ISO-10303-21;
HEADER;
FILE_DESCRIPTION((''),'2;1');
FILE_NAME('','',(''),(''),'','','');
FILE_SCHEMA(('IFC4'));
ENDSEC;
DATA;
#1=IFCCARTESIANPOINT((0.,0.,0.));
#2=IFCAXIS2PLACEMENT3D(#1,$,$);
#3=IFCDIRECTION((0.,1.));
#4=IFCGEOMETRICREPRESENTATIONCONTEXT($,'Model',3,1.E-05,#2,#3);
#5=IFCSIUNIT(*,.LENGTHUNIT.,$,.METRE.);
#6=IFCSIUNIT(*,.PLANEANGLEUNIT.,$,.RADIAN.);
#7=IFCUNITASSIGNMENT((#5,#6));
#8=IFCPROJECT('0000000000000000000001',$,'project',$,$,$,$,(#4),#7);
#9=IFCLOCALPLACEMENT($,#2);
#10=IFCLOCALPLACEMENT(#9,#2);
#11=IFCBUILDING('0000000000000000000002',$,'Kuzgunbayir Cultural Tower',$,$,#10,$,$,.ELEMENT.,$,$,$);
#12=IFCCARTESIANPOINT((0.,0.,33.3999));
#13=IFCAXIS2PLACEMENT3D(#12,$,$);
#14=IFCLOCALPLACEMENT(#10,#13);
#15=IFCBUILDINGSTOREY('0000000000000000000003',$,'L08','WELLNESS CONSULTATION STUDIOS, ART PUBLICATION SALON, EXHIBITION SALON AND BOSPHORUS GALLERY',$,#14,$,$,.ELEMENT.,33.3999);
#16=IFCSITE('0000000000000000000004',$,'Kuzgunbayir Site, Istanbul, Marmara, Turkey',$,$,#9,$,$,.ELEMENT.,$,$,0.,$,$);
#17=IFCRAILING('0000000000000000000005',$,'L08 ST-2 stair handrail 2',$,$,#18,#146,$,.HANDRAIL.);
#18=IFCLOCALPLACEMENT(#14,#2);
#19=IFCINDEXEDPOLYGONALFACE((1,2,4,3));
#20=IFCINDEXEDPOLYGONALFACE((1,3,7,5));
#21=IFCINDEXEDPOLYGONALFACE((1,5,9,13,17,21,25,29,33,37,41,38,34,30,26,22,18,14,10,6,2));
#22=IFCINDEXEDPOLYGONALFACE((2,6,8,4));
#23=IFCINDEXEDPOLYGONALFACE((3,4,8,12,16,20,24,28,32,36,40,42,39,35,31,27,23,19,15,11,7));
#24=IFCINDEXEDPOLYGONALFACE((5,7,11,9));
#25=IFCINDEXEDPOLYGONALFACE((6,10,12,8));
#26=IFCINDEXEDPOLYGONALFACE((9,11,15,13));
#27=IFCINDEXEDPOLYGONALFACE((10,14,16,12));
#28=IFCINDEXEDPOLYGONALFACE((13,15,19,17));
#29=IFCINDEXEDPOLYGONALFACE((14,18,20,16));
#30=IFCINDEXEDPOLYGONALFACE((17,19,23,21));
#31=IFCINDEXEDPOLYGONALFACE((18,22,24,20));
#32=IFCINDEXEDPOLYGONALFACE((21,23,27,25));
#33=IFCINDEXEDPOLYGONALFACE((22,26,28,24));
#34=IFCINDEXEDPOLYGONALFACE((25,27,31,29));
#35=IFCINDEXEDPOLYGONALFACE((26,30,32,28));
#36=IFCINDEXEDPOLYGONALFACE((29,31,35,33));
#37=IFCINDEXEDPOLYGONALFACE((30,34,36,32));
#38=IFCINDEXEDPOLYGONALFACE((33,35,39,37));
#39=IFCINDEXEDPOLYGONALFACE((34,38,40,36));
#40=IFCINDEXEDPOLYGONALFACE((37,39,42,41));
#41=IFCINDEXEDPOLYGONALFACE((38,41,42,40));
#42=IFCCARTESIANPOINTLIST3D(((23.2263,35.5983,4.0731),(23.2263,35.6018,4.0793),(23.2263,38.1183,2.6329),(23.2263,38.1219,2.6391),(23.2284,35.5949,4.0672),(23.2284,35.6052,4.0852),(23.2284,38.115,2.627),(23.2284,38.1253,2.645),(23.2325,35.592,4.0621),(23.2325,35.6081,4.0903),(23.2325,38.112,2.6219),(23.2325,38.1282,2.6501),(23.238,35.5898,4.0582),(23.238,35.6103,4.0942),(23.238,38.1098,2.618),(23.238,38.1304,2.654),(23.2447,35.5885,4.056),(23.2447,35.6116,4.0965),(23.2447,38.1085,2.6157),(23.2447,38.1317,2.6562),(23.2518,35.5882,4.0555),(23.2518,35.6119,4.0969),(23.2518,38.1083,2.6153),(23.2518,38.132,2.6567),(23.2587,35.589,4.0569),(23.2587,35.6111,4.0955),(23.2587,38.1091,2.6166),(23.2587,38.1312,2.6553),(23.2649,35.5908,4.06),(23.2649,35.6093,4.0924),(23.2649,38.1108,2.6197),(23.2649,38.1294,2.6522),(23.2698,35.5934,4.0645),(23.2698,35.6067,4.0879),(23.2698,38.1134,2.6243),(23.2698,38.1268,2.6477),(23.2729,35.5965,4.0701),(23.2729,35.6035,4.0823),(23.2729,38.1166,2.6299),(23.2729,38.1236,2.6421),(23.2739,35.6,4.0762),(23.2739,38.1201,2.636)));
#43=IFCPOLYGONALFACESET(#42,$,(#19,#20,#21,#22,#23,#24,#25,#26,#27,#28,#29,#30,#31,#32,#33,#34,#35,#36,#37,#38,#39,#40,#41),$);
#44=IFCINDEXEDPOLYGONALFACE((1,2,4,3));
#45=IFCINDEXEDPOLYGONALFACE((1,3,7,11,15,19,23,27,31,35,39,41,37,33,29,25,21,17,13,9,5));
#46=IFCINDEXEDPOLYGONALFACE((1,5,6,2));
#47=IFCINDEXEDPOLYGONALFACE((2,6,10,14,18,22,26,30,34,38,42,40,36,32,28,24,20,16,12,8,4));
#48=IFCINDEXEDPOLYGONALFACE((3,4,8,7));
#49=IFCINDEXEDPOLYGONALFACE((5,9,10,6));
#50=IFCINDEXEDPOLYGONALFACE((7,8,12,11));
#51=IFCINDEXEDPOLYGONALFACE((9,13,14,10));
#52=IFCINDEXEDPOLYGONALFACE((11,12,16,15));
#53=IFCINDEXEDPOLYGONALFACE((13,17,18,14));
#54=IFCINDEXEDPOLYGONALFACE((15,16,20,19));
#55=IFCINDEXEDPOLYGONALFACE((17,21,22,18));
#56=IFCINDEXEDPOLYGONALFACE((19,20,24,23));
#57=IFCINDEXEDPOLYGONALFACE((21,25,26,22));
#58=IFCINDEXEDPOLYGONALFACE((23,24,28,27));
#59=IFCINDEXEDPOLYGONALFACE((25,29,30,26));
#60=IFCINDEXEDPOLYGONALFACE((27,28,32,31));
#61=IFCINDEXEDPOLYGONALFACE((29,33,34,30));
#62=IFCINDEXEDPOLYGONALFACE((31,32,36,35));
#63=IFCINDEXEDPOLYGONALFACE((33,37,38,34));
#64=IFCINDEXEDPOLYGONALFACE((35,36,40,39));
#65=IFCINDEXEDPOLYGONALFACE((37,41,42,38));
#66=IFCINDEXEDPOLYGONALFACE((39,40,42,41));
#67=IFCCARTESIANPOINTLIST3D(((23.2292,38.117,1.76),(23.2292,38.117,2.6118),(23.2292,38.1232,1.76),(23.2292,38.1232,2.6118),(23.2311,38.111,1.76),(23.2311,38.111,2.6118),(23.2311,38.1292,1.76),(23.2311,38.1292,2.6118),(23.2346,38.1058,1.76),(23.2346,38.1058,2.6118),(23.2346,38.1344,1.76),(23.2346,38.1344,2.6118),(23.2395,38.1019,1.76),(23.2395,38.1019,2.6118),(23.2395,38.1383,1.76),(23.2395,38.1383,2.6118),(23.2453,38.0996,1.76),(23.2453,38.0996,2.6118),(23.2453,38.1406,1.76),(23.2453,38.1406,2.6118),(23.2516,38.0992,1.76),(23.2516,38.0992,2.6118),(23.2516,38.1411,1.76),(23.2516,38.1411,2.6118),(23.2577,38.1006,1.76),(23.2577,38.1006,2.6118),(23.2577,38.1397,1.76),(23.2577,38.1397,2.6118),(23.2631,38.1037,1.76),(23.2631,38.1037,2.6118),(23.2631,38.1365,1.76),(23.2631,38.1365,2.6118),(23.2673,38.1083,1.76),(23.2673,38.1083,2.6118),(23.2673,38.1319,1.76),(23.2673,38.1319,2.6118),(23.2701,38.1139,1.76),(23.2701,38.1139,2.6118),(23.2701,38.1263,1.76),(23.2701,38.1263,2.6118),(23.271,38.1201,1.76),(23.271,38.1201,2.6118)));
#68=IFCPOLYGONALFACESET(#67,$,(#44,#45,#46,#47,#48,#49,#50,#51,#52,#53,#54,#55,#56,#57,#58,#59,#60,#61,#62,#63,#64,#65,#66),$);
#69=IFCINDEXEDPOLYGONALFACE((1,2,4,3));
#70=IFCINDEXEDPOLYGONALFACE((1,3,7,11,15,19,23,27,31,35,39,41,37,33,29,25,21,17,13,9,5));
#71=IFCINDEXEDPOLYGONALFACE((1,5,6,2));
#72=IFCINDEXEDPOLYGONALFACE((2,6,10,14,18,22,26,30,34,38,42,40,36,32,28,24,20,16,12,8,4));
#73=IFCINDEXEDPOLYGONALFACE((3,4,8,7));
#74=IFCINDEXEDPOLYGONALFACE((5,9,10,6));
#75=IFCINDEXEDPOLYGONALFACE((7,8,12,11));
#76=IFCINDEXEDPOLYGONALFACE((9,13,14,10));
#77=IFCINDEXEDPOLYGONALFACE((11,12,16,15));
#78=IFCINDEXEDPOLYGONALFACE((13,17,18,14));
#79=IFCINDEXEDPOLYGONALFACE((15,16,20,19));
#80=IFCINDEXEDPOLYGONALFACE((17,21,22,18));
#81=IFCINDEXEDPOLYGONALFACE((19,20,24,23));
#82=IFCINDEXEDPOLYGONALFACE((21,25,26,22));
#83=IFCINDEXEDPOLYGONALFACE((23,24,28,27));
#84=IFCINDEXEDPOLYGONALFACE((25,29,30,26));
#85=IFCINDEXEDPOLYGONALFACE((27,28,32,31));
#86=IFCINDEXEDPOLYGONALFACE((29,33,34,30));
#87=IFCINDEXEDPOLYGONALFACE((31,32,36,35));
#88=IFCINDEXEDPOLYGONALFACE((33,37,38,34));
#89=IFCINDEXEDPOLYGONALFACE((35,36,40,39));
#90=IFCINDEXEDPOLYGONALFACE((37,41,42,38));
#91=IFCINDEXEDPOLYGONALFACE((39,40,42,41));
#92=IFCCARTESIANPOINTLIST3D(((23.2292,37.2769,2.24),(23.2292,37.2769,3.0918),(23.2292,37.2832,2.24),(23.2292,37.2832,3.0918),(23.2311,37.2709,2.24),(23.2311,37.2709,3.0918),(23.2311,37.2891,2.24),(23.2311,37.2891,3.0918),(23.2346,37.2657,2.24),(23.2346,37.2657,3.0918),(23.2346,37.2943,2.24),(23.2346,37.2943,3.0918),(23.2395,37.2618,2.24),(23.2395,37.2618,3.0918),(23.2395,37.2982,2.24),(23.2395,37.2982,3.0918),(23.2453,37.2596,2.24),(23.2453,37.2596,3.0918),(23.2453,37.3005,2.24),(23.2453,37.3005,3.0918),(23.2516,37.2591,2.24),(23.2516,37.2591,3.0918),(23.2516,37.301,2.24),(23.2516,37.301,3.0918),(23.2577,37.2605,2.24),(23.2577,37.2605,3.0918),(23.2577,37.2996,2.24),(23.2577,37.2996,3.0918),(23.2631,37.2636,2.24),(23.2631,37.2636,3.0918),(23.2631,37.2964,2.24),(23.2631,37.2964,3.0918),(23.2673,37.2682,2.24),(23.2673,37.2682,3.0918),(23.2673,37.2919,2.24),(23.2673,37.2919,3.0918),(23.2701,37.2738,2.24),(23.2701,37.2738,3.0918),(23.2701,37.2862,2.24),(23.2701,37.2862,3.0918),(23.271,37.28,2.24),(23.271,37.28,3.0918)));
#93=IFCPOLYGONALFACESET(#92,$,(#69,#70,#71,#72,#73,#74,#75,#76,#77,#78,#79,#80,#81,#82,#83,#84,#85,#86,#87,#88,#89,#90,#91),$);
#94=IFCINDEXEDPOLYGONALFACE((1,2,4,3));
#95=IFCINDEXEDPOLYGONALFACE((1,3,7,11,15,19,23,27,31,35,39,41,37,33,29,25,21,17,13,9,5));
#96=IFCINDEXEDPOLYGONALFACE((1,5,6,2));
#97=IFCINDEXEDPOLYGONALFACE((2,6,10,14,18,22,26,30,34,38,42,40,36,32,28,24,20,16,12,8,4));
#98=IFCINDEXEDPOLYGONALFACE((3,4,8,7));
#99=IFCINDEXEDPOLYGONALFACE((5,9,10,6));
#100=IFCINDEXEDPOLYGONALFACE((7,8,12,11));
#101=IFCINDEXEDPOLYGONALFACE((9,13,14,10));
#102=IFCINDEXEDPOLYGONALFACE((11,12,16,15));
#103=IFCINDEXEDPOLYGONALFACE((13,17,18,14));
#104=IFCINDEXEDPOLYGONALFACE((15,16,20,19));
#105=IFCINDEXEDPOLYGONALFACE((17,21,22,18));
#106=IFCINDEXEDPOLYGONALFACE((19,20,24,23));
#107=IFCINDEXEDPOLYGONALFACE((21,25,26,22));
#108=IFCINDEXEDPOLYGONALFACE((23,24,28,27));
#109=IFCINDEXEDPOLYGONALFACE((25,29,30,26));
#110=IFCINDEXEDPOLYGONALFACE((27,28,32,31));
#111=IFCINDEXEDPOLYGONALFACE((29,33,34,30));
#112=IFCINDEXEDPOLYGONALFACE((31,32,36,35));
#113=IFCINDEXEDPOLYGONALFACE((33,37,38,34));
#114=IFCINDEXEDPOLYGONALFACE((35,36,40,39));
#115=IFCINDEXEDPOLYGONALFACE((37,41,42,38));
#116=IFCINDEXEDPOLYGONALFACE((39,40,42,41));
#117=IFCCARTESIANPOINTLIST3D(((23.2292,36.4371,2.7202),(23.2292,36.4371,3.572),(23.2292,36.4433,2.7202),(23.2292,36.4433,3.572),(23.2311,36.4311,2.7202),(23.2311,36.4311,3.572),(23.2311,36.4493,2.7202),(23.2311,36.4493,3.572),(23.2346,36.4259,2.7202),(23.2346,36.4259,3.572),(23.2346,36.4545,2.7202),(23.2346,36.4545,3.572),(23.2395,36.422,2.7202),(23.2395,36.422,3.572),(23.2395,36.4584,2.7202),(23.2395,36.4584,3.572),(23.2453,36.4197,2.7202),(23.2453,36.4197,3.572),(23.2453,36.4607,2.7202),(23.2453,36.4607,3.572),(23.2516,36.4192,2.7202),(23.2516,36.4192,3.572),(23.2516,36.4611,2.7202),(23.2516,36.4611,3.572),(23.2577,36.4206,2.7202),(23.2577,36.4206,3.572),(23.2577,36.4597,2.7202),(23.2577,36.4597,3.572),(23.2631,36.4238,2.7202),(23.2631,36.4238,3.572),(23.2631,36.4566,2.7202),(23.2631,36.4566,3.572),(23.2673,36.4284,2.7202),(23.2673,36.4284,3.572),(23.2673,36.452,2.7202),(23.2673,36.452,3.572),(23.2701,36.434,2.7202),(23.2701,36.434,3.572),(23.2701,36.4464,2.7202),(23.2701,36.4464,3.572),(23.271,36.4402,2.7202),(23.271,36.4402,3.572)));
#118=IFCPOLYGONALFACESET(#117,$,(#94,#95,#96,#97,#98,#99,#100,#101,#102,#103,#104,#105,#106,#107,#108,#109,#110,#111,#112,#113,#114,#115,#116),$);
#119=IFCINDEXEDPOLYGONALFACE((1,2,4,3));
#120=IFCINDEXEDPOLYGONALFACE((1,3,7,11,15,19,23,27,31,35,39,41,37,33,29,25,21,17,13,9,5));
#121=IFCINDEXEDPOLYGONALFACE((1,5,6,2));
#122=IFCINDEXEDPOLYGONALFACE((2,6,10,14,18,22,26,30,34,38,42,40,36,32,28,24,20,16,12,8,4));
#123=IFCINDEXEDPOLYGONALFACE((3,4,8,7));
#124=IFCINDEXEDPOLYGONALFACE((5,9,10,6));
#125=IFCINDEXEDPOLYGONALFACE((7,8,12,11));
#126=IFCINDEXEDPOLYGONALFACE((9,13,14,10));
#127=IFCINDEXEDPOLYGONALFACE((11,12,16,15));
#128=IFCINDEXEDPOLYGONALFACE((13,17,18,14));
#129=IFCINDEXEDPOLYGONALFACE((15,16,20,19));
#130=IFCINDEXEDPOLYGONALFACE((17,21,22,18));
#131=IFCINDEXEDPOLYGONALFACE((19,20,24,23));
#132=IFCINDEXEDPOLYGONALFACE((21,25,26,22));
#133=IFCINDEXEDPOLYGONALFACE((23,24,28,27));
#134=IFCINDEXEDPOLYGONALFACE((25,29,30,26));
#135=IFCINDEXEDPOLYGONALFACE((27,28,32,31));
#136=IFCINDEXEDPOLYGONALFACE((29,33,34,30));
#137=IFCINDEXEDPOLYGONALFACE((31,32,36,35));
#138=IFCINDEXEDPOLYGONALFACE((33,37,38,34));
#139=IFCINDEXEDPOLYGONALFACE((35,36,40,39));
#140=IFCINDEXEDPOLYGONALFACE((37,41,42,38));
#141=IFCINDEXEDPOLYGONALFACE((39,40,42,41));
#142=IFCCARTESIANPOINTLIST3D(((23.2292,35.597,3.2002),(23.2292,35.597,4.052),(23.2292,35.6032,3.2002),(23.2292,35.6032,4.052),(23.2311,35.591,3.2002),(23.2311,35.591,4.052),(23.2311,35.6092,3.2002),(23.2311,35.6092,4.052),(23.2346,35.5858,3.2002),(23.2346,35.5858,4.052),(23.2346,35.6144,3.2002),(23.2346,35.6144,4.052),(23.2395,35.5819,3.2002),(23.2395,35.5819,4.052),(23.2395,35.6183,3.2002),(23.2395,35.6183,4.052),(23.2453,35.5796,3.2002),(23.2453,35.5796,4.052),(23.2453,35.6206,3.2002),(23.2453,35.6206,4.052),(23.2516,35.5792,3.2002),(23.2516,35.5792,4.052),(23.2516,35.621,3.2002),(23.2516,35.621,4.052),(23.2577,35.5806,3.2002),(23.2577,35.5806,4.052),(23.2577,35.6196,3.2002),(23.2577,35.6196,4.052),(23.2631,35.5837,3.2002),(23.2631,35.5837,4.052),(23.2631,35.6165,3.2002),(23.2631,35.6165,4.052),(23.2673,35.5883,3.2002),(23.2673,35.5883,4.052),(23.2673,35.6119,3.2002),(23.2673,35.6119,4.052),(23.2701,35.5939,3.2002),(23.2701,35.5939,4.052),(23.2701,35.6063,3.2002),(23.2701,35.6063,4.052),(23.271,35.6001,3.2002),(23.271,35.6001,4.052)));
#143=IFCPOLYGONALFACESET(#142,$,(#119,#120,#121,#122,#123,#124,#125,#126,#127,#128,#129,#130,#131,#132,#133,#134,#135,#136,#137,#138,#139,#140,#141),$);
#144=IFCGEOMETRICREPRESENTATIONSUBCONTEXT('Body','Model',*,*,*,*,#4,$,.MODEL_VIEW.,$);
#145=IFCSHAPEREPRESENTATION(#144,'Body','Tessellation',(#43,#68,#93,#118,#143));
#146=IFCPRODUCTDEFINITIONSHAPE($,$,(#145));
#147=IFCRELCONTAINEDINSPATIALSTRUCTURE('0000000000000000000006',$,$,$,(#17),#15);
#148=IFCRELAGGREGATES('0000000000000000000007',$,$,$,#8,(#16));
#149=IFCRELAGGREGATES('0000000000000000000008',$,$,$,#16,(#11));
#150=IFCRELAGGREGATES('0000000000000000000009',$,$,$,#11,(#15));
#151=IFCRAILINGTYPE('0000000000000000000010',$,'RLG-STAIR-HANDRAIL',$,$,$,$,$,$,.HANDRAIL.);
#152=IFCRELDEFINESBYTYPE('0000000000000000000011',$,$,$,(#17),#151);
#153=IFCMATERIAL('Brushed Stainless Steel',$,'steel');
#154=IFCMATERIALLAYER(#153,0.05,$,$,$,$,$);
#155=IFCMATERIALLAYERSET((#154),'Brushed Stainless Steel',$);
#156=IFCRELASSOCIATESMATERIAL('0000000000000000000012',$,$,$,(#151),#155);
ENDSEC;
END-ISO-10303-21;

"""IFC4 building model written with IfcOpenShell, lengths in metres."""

from ifc_helpers import new_model, si_unit, direction, frame, origin, origin_2d, place, context, subcontext, project, spatial, circle, extrude, material, layer, layer_set, type_object, element, save


model = new_model("IFC4")

# Units and contexts
model_context = context("Model", 3, precision=1e-05, world=origin(), true_north=direction((0.0, 1.0)))
body_context = subcontext(model_context, "Body", "Model", "MODEL_VIEW")
ifc_project = project(units=[si_unit("LENGTHUNIT", "METRE"), si_unit("PLANEANGLEUNIT", "RADIAN")], contexts=[model_context])

# Site, building, storey
site_placement = place(None, origin())
site = spatial("IfcSite", under=ifc_project, at=site_placement, Name="Kuzgunbayir Site, Istanbul, Marmara, Turkey", CompositionType="ELEMENT", RefElevation=0.0)
building_placement = place(site_placement, origin())
building = spatial("IfcBuilding", under=site, at=building_placement, Name="Kuzgunbayir Cultural Tower", CompositionType="ELEMENT")
storey_placement = place(building_placement, frame((0.0, 0.0, 33.3999)))
storey = spatial("IfcBuildingStorey", under=building, at=storey_placement, Name="L08", Description="WELLNESS CONSULTATION STUDIOS, ART PUBLICATION SALON, EXHIBITION SALON AND BOSPHORUS GALLERY", CompositionType="ELEMENT", Elevation=33.3999)

# Shared definitions
ifc_material_1 = material(Name="Brushed Stainless Steel", Category="steel")

# Railing
ifc_layer_1 = layer(ifc_material_1, 0.05)
ifc_layer_set_1 = layer_set([ifc_layer_1], Name="Brushed Stainless Steel")
railing_type_1 = type_object("IfcRailingType", Name="RLG-STAIR-HANDRAIL", PredefinedType="HANDRAIL", material=ifc_layer_set_1)
railing_1_placement = place(storey_placement, frame((23.25, 38.1201, 1.76)))
element("IfcRailing", 1, at=railing_1_placement, inside=storey, type_object=railing_type_1, Name="L08 ST-2 stair handrail 2", PredefinedType="HANDRAIL", context=body_context, shape_type="SweptSolid", body=[
    extrude(circle(Radius=0.0239, at=origin_2d()), frame((0.0, 0.0, 0.876), z_axis=(0.0, -0.868217, 0.496184), x_axis=(1.0, 0.0, 0.0)), (0.0, 0.0, 1.0), 2.9026),
    extrude(circle(Radius=0.021, at=origin_2d()), origin(), (0.0, 0.0, 1.0), 0.8518),
    extrude(circle(Radius=0.021, at=origin_2d()), frame((0.0, -0.8401, 0.48)), (0.0, 0.0, 1.0), 0.8518),
    extrude(circle(Radius=0.021, at=origin_2d()), frame((0.0, -1.6799, 0.9602)), (0.0, 0.0, 1.0), 0.8518),
    extrude(circle(Radius=0.021, at=origin_2d()), frame((0.0, -2.52, 1.4402)), (0.0, 0.0, 1.0), 0.8518),
])

save(model, "model.ifc")
